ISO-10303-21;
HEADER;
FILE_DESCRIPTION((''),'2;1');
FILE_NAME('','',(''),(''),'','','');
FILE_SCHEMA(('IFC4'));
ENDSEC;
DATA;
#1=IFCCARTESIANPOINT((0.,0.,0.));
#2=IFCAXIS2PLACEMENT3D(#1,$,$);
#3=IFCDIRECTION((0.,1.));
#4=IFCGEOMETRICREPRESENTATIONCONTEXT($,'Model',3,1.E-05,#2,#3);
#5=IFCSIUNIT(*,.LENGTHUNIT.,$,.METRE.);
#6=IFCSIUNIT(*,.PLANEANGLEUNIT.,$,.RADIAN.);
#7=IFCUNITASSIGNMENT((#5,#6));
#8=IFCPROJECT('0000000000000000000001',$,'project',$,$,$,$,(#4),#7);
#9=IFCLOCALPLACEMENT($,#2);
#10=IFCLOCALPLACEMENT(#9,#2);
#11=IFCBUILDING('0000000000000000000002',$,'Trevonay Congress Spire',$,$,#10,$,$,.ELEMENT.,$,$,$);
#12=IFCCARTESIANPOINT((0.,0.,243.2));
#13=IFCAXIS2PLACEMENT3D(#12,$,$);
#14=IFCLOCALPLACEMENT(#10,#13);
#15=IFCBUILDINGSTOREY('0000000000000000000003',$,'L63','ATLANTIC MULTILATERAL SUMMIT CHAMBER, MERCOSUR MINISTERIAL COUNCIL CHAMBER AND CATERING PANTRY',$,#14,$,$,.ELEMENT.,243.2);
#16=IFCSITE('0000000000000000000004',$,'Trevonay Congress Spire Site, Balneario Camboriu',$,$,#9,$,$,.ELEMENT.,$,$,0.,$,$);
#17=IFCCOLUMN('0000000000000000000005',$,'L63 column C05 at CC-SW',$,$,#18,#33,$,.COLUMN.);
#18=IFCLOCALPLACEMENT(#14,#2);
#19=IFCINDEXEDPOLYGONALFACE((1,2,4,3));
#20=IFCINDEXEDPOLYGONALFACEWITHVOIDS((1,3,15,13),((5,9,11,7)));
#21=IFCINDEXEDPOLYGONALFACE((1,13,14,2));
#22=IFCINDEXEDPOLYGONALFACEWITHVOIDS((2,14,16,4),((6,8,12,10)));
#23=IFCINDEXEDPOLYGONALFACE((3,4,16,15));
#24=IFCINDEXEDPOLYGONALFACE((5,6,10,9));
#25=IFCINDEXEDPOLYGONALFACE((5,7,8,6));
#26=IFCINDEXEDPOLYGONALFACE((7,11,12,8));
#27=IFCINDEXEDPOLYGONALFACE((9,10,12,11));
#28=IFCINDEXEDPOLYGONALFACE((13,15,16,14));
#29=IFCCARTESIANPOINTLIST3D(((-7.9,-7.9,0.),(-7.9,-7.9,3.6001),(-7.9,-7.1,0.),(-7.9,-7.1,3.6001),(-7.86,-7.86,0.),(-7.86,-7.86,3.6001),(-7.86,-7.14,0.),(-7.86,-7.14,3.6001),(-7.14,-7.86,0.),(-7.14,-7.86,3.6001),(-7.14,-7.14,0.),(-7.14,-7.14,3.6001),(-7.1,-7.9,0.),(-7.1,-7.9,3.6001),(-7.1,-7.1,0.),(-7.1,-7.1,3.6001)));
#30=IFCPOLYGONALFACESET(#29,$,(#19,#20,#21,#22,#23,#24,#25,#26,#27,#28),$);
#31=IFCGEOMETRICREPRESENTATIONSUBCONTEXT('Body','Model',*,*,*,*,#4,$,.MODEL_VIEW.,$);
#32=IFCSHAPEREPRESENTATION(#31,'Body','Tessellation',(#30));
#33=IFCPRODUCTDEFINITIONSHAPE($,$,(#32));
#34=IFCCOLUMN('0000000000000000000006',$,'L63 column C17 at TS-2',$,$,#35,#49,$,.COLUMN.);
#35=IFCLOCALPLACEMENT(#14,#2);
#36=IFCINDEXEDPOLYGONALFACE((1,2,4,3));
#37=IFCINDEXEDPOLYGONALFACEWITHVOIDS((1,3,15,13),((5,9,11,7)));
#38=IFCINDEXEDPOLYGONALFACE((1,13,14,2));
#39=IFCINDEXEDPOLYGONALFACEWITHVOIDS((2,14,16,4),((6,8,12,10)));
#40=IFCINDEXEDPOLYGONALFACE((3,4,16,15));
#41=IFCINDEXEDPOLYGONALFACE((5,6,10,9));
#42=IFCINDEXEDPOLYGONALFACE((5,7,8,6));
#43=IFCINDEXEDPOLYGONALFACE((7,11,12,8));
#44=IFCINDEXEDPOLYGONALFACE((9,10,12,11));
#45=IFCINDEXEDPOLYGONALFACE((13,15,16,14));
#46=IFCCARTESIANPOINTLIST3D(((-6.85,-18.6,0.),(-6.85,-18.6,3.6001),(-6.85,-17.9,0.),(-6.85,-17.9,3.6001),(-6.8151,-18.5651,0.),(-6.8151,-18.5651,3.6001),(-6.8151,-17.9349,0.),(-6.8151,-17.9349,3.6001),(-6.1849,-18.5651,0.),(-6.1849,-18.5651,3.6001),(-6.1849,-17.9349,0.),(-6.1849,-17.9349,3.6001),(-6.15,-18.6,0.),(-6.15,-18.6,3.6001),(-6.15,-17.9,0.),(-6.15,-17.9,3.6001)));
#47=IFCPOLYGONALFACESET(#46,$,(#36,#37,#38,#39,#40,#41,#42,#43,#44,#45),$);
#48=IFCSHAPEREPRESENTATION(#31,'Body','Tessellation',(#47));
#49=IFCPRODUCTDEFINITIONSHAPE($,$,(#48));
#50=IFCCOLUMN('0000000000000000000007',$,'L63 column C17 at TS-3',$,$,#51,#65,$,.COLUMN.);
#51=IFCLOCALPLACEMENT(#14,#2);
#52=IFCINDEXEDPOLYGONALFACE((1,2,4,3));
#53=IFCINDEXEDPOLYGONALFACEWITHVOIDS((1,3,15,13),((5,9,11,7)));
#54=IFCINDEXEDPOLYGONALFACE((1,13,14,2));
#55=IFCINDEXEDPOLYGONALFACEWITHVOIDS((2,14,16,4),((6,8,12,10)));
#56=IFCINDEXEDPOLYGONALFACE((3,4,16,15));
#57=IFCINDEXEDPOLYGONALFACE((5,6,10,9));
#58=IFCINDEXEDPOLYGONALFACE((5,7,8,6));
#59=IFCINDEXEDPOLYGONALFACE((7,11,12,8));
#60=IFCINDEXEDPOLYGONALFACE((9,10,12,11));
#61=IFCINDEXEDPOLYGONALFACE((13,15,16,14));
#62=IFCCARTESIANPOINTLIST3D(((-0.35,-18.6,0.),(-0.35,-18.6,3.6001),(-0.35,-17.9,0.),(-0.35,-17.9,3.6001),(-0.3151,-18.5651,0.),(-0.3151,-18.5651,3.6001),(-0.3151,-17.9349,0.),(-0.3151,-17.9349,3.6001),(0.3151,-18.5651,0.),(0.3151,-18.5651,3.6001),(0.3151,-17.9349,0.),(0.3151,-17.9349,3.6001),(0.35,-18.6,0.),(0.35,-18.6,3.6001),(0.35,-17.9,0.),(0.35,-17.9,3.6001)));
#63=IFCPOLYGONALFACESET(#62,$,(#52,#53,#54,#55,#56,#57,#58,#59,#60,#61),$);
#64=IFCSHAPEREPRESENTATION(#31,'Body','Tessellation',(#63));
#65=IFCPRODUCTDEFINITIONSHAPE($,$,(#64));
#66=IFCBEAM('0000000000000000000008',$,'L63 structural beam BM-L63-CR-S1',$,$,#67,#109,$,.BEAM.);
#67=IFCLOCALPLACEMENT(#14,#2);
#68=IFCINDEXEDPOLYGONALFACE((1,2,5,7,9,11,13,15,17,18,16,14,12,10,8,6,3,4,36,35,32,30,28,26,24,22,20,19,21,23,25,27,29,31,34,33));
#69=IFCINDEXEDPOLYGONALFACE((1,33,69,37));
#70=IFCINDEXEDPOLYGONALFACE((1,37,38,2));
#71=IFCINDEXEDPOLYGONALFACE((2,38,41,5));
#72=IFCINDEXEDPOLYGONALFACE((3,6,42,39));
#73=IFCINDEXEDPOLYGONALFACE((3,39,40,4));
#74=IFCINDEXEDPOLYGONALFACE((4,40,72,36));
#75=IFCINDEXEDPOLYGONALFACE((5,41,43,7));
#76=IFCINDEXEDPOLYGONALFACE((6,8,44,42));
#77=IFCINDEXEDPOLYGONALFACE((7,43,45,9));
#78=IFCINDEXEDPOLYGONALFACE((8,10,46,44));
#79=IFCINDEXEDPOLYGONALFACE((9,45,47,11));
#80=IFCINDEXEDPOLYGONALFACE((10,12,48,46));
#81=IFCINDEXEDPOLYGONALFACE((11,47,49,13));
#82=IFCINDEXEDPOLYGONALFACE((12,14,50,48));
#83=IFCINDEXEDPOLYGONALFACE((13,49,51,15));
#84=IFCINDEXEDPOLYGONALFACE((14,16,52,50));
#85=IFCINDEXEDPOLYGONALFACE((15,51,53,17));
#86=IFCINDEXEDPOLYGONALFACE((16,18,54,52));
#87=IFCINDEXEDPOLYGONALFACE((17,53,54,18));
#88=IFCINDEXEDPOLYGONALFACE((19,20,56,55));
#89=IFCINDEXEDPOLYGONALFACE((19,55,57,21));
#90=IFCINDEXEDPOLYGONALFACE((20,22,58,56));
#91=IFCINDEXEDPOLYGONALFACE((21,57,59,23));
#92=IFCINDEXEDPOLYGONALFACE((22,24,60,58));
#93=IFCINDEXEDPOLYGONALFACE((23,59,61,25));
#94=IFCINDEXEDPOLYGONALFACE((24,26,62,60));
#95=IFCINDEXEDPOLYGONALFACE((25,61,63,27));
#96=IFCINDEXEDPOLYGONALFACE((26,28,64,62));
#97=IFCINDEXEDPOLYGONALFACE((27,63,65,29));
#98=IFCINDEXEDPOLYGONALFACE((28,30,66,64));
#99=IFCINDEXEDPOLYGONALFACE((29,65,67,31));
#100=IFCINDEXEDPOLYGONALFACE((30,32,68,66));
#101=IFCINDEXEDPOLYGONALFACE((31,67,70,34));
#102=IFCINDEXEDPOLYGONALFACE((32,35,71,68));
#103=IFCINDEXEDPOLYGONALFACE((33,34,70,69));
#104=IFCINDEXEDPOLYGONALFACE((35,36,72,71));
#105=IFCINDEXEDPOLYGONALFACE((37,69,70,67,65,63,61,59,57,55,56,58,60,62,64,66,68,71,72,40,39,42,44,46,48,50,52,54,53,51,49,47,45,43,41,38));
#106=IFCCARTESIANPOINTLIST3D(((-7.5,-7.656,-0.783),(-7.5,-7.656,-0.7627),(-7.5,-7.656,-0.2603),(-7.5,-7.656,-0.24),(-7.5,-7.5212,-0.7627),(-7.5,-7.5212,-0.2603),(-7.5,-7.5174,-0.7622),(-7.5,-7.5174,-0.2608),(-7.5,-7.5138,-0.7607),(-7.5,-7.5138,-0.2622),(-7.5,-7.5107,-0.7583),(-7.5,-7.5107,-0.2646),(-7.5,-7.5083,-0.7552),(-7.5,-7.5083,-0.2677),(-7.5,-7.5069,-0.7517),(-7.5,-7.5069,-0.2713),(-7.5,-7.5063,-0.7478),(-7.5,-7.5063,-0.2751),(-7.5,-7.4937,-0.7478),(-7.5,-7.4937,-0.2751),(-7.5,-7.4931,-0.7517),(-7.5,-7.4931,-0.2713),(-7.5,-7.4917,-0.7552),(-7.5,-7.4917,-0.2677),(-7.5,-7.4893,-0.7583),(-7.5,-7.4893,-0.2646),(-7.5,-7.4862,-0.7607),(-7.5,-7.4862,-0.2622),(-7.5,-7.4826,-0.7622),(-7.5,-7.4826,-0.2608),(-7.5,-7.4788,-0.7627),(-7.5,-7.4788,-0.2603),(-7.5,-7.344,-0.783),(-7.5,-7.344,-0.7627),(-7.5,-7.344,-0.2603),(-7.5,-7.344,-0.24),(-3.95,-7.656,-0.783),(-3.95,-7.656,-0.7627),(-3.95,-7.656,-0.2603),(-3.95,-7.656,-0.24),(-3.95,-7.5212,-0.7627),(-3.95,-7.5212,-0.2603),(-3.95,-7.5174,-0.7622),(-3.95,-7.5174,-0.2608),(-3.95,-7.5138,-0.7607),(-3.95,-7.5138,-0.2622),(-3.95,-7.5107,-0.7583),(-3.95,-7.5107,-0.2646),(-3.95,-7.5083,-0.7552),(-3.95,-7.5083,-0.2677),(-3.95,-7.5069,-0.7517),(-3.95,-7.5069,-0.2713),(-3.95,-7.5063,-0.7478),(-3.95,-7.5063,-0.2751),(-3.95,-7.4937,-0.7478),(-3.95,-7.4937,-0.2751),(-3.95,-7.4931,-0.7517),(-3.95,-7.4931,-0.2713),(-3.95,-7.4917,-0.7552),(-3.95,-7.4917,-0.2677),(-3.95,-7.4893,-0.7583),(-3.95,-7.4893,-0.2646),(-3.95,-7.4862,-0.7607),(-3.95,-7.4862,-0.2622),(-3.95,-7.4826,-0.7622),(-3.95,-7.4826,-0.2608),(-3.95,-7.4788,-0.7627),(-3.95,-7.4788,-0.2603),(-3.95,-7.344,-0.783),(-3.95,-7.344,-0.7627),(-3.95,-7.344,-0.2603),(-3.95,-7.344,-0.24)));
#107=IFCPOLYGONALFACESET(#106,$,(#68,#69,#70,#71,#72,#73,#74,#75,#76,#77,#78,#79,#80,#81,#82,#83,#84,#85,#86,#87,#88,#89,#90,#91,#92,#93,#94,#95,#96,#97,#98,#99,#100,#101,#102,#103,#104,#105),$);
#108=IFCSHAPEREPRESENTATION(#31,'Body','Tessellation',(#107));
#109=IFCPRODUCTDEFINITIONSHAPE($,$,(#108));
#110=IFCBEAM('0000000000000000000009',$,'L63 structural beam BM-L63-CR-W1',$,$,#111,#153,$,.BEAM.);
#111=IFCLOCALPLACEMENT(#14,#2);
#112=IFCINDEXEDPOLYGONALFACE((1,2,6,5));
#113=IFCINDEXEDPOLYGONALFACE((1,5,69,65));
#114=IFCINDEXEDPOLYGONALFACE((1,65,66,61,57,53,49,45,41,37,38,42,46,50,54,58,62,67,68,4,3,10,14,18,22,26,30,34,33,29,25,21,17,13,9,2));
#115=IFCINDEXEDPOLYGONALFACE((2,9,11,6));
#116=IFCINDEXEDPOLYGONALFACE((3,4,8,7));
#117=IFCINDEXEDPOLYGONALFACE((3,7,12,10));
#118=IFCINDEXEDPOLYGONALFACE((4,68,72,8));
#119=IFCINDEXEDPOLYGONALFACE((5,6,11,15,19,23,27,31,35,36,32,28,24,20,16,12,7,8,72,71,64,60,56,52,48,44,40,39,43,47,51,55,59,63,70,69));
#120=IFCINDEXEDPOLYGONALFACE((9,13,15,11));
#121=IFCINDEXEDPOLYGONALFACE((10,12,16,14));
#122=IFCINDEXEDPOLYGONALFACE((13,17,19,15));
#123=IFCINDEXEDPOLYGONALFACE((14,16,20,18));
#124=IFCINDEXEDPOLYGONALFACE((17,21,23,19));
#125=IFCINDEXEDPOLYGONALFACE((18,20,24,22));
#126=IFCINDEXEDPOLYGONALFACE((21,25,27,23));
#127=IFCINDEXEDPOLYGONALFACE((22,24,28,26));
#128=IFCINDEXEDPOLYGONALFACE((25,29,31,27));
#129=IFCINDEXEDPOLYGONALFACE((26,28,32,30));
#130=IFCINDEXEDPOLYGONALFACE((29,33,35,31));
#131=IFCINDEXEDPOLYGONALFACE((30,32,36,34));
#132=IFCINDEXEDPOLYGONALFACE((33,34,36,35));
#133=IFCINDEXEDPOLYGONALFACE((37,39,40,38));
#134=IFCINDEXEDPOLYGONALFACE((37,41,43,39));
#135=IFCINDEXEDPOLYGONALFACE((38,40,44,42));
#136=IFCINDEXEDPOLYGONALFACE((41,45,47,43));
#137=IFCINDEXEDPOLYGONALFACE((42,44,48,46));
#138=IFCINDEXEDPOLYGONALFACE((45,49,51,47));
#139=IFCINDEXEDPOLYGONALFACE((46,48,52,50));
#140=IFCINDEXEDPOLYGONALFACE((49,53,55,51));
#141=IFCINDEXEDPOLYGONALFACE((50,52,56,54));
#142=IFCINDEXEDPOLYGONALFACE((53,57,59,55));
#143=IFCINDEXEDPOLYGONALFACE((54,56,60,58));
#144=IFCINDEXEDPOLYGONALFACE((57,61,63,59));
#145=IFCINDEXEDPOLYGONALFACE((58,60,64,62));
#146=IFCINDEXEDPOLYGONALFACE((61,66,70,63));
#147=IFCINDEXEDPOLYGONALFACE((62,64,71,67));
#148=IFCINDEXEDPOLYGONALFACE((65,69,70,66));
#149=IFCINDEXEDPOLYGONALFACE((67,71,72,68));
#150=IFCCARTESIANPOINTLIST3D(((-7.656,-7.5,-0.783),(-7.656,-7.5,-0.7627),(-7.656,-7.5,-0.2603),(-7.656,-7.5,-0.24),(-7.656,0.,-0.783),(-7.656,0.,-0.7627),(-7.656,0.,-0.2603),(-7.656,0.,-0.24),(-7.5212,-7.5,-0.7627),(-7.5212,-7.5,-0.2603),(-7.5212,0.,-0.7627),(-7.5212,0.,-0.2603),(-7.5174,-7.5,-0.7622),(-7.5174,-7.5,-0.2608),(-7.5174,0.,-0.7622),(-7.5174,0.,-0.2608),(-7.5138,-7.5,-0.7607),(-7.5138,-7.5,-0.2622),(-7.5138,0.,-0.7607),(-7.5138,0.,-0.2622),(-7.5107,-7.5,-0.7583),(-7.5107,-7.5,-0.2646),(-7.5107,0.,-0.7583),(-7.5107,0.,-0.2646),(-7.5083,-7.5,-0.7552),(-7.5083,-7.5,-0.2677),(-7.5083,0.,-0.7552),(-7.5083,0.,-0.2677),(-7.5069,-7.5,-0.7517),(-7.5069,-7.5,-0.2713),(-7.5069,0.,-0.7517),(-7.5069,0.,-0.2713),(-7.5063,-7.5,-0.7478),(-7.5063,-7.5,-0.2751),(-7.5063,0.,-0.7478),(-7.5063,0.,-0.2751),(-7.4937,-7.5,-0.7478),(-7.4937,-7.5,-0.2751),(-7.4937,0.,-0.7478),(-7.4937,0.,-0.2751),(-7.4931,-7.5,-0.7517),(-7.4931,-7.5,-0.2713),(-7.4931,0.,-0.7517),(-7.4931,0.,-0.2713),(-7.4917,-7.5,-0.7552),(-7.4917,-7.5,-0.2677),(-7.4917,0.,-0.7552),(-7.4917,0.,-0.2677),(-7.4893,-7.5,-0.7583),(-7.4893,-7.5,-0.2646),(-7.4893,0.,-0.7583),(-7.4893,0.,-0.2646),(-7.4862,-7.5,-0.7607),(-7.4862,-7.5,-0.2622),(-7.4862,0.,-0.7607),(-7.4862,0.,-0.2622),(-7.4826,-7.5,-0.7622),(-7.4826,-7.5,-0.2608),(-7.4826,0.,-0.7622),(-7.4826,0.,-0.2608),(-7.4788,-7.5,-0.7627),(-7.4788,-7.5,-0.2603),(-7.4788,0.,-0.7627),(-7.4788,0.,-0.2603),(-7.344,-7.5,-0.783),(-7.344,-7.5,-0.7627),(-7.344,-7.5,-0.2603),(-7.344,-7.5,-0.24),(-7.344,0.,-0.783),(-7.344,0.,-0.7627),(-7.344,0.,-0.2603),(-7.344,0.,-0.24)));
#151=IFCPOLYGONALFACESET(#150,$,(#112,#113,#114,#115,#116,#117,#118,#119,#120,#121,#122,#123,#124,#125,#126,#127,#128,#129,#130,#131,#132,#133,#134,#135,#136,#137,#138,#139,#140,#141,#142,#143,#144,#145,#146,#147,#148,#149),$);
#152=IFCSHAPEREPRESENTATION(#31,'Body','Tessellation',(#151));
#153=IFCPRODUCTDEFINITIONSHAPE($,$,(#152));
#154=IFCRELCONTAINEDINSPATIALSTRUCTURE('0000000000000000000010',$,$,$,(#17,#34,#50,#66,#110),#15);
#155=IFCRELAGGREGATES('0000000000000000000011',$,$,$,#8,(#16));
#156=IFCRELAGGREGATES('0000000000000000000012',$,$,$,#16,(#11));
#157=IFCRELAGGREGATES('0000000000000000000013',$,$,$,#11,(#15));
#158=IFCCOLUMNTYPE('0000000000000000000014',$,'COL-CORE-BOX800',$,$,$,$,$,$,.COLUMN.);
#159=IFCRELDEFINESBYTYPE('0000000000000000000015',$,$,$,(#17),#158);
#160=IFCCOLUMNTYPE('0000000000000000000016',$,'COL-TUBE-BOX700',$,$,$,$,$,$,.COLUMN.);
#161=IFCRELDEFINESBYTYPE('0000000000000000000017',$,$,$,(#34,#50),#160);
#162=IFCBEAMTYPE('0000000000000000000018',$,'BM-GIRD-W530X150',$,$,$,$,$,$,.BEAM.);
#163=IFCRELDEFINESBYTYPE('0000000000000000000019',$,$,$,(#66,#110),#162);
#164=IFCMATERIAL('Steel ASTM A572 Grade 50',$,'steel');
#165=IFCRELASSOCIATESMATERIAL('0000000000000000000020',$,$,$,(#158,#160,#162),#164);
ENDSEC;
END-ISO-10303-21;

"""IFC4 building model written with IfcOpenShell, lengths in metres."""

from ifc_helpers import new_model, si_unit, direction, frame, origin, origin_2d, place, context, subcontext, project, spatial, hollow_rectangle, i_section, extrude, material, material_profile, profile_set, type_object, element, save


model = new_model("IFC4")

# Units and contexts
model_context = context("Model", 3, precision=1e-05, world=origin(), true_north=direction((0.0, 1.0)))
body_context = subcontext(model_context, "Body", "Model", "MODEL_VIEW")
ifc_project = project(units=[si_unit("LENGTHUNIT", "METRE"), si_unit("PLANEANGLEUNIT", "RADIAN")], contexts=[model_context])

# Site, building, storey
site_placement = place(None, origin())
site = spatial("IfcSite", under=ifc_project, at=site_placement, Name="Trevonay Congress Spire Site, Balneario Camboriu", CompositionType="ELEMENT", RefElevation=0.0)
building_placement = place(site_placement, origin())
building = spatial("IfcBuilding", under=site, at=building_placement, Name="Trevonay Congress Spire", CompositionType="ELEMENT")
storey_placement = place(building_placement, frame((0.0, 0.0, 243.2)))
storey = spatial("IfcBuildingStorey", under=building, at=storey_placement, Name="L63", Description="ATLANTIC MULTILATERAL SUMMIT CHAMBER, MERCOSUR MINISTERIAL COUNCIL CHAMBER AND CATERING PANTRY", CompositionType="ELEMENT", Elevation=243.2)

# Columns
ifc_material_1 = material(Name="Steel ASTM A572 Grade 50", Category="steel")
ifc_material_profile_1 = material_profile(ifc_material_1, hollow_rectangle(XDim=0.8, YDim=0.8, WallThickness=0.04, at=origin_2d()), Name="BOX 800x800x40")
ifc_profile_set_1 = profile_set([ifc_material_profile_1], Name="Steel ASTM A572 Grade 50")
column_type_1 = type_object("IfcColumnType", Name="COL-CORE-BOX800", PredefinedType="COLUMN", material=ifc_profile_set_1)
column_placement = place(storey_placement, frame((-7.5, -7.5, 0.0), z_axis=(0.0, 0.0, 1.0), x_axis=(1.0, 0.0, 0.0)))
element("IfcColumn", 1, at=column_placement, inside=storey, type_object=column_type_1, Name="L63 column C05 at CC-SW", PredefinedType="COLUMN", context=body_context, shape_type="SweptSolid", body=[
    extrude(hollow_rectangle(XDim=0.8, YDim=0.8, WallThickness=0.04, at=origin_2d()), origin(), (0.0, 0.0, 1.0), 3.6001),
])
ifc_material_profile_2 = material_profile(ifc_material_1, hollow_rectangle(XDim=0.7, YDim=0.7, WallThickness=0.0349, at=origin_2d()), Name="BOX 700x700x35")
ifc_profile_set_2 = profile_set([ifc_material_profile_2], Name="Steel ASTM A572 Grade 50")
column_type_2 = type_object("IfcColumnType", Name="COL-TUBE-BOX700", PredefinedType="COLUMN", material=ifc_profile_set_2)
for number, where, z_axis, x_axis, name in (
    (2, (-6.5, -18.25, 0.0), (0.0, 0.0, 1.0), (1.0, 0.0, 0.0), "L63 column C17 at TS-2"),
    (3, (0.0, -18.25, 0.0), (0.0, 0.0, 1.0), (1.0, 0.0, 0.0), "L63 column C17 at TS-3"),
):
    element("IfcColumn", number, at=place(storey_placement, frame(where, z_axis=z_axis, x_axis=x_axis)), inside=storey, type_object=column_type_2, Name=name, PredefinedType="COLUMN", context=body_context, shape_type="SweptSolid", body=[
        extrude(hollow_rectangle(XDim=0.7, YDim=0.7, WallThickness=0.0349, at=origin_2d()), origin(), (0.0, 0.0, 1.0), 3.6001),
    ])

# Beams
ifc_material_profile_3 = material_profile(ifc_material_1, i_section(OverallWidth=0.312, OverallDepth=0.543, WebThickness=0.0127, FlangeThickness=0.0203, FilletRadius=0.0149, at=origin_2d()), Name="W530x150")
ifc_profile_set_3 = profile_set([ifc_material_profile_3], Name="Steel ASTM A572 Grade 50")
beam_type_1 = type_object("IfcBeamType", Name="BM-GIRD-W530X150", PredefinedType="BEAM", material=ifc_profile_set_3)
beam_1_placement = place(storey_placement, frame((-7.5, -7.5, -0.5115), z_axis=(1.0, 0.0, 0.0), x_axis=(0.0, 1.0, 0.0)))
element("IfcBeam", 4, at=beam_1_placement, inside=storey, type_object=beam_type_1, Name="L63 structural beam BM-L63-CR-S1", PredefinedType="BEAM", context=body_context, shape_type="SweptSolid", body=[
    extrude(i_section(OverallWidth=0.312, OverallDepth=0.543, WebThickness=0.0127, FlangeThickness=0.0203, FilletRadius=0.0149, at=origin_2d()), origin(), (0.0, 0.0, 1.0), 3.55),
])
beam_2_placement = place(storey_placement, frame((-7.5, -7.5, -0.5115), z_axis=(0.0, 1.0, 0.0), x_axis=(-1.0, 0.0, 0.0)))
element("IfcBeam", 5, at=beam_2_placement, inside=storey, type_object=beam_type_1, Name="L63 structural beam BM-L63-CR-W1", PredefinedType="BEAM", context=body_context, shape_type="SweptSolid", body=[
    extrude(i_section(OverallWidth=0.312, OverallDepth=0.543, WebThickness=0.0127, FlangeThickness=0.0203, FilletRadius=0.0149, at=origin_2d()), origin(), (0.0, 0.0, 1.0), 7.5),
])

save(model, "model.ifc")
